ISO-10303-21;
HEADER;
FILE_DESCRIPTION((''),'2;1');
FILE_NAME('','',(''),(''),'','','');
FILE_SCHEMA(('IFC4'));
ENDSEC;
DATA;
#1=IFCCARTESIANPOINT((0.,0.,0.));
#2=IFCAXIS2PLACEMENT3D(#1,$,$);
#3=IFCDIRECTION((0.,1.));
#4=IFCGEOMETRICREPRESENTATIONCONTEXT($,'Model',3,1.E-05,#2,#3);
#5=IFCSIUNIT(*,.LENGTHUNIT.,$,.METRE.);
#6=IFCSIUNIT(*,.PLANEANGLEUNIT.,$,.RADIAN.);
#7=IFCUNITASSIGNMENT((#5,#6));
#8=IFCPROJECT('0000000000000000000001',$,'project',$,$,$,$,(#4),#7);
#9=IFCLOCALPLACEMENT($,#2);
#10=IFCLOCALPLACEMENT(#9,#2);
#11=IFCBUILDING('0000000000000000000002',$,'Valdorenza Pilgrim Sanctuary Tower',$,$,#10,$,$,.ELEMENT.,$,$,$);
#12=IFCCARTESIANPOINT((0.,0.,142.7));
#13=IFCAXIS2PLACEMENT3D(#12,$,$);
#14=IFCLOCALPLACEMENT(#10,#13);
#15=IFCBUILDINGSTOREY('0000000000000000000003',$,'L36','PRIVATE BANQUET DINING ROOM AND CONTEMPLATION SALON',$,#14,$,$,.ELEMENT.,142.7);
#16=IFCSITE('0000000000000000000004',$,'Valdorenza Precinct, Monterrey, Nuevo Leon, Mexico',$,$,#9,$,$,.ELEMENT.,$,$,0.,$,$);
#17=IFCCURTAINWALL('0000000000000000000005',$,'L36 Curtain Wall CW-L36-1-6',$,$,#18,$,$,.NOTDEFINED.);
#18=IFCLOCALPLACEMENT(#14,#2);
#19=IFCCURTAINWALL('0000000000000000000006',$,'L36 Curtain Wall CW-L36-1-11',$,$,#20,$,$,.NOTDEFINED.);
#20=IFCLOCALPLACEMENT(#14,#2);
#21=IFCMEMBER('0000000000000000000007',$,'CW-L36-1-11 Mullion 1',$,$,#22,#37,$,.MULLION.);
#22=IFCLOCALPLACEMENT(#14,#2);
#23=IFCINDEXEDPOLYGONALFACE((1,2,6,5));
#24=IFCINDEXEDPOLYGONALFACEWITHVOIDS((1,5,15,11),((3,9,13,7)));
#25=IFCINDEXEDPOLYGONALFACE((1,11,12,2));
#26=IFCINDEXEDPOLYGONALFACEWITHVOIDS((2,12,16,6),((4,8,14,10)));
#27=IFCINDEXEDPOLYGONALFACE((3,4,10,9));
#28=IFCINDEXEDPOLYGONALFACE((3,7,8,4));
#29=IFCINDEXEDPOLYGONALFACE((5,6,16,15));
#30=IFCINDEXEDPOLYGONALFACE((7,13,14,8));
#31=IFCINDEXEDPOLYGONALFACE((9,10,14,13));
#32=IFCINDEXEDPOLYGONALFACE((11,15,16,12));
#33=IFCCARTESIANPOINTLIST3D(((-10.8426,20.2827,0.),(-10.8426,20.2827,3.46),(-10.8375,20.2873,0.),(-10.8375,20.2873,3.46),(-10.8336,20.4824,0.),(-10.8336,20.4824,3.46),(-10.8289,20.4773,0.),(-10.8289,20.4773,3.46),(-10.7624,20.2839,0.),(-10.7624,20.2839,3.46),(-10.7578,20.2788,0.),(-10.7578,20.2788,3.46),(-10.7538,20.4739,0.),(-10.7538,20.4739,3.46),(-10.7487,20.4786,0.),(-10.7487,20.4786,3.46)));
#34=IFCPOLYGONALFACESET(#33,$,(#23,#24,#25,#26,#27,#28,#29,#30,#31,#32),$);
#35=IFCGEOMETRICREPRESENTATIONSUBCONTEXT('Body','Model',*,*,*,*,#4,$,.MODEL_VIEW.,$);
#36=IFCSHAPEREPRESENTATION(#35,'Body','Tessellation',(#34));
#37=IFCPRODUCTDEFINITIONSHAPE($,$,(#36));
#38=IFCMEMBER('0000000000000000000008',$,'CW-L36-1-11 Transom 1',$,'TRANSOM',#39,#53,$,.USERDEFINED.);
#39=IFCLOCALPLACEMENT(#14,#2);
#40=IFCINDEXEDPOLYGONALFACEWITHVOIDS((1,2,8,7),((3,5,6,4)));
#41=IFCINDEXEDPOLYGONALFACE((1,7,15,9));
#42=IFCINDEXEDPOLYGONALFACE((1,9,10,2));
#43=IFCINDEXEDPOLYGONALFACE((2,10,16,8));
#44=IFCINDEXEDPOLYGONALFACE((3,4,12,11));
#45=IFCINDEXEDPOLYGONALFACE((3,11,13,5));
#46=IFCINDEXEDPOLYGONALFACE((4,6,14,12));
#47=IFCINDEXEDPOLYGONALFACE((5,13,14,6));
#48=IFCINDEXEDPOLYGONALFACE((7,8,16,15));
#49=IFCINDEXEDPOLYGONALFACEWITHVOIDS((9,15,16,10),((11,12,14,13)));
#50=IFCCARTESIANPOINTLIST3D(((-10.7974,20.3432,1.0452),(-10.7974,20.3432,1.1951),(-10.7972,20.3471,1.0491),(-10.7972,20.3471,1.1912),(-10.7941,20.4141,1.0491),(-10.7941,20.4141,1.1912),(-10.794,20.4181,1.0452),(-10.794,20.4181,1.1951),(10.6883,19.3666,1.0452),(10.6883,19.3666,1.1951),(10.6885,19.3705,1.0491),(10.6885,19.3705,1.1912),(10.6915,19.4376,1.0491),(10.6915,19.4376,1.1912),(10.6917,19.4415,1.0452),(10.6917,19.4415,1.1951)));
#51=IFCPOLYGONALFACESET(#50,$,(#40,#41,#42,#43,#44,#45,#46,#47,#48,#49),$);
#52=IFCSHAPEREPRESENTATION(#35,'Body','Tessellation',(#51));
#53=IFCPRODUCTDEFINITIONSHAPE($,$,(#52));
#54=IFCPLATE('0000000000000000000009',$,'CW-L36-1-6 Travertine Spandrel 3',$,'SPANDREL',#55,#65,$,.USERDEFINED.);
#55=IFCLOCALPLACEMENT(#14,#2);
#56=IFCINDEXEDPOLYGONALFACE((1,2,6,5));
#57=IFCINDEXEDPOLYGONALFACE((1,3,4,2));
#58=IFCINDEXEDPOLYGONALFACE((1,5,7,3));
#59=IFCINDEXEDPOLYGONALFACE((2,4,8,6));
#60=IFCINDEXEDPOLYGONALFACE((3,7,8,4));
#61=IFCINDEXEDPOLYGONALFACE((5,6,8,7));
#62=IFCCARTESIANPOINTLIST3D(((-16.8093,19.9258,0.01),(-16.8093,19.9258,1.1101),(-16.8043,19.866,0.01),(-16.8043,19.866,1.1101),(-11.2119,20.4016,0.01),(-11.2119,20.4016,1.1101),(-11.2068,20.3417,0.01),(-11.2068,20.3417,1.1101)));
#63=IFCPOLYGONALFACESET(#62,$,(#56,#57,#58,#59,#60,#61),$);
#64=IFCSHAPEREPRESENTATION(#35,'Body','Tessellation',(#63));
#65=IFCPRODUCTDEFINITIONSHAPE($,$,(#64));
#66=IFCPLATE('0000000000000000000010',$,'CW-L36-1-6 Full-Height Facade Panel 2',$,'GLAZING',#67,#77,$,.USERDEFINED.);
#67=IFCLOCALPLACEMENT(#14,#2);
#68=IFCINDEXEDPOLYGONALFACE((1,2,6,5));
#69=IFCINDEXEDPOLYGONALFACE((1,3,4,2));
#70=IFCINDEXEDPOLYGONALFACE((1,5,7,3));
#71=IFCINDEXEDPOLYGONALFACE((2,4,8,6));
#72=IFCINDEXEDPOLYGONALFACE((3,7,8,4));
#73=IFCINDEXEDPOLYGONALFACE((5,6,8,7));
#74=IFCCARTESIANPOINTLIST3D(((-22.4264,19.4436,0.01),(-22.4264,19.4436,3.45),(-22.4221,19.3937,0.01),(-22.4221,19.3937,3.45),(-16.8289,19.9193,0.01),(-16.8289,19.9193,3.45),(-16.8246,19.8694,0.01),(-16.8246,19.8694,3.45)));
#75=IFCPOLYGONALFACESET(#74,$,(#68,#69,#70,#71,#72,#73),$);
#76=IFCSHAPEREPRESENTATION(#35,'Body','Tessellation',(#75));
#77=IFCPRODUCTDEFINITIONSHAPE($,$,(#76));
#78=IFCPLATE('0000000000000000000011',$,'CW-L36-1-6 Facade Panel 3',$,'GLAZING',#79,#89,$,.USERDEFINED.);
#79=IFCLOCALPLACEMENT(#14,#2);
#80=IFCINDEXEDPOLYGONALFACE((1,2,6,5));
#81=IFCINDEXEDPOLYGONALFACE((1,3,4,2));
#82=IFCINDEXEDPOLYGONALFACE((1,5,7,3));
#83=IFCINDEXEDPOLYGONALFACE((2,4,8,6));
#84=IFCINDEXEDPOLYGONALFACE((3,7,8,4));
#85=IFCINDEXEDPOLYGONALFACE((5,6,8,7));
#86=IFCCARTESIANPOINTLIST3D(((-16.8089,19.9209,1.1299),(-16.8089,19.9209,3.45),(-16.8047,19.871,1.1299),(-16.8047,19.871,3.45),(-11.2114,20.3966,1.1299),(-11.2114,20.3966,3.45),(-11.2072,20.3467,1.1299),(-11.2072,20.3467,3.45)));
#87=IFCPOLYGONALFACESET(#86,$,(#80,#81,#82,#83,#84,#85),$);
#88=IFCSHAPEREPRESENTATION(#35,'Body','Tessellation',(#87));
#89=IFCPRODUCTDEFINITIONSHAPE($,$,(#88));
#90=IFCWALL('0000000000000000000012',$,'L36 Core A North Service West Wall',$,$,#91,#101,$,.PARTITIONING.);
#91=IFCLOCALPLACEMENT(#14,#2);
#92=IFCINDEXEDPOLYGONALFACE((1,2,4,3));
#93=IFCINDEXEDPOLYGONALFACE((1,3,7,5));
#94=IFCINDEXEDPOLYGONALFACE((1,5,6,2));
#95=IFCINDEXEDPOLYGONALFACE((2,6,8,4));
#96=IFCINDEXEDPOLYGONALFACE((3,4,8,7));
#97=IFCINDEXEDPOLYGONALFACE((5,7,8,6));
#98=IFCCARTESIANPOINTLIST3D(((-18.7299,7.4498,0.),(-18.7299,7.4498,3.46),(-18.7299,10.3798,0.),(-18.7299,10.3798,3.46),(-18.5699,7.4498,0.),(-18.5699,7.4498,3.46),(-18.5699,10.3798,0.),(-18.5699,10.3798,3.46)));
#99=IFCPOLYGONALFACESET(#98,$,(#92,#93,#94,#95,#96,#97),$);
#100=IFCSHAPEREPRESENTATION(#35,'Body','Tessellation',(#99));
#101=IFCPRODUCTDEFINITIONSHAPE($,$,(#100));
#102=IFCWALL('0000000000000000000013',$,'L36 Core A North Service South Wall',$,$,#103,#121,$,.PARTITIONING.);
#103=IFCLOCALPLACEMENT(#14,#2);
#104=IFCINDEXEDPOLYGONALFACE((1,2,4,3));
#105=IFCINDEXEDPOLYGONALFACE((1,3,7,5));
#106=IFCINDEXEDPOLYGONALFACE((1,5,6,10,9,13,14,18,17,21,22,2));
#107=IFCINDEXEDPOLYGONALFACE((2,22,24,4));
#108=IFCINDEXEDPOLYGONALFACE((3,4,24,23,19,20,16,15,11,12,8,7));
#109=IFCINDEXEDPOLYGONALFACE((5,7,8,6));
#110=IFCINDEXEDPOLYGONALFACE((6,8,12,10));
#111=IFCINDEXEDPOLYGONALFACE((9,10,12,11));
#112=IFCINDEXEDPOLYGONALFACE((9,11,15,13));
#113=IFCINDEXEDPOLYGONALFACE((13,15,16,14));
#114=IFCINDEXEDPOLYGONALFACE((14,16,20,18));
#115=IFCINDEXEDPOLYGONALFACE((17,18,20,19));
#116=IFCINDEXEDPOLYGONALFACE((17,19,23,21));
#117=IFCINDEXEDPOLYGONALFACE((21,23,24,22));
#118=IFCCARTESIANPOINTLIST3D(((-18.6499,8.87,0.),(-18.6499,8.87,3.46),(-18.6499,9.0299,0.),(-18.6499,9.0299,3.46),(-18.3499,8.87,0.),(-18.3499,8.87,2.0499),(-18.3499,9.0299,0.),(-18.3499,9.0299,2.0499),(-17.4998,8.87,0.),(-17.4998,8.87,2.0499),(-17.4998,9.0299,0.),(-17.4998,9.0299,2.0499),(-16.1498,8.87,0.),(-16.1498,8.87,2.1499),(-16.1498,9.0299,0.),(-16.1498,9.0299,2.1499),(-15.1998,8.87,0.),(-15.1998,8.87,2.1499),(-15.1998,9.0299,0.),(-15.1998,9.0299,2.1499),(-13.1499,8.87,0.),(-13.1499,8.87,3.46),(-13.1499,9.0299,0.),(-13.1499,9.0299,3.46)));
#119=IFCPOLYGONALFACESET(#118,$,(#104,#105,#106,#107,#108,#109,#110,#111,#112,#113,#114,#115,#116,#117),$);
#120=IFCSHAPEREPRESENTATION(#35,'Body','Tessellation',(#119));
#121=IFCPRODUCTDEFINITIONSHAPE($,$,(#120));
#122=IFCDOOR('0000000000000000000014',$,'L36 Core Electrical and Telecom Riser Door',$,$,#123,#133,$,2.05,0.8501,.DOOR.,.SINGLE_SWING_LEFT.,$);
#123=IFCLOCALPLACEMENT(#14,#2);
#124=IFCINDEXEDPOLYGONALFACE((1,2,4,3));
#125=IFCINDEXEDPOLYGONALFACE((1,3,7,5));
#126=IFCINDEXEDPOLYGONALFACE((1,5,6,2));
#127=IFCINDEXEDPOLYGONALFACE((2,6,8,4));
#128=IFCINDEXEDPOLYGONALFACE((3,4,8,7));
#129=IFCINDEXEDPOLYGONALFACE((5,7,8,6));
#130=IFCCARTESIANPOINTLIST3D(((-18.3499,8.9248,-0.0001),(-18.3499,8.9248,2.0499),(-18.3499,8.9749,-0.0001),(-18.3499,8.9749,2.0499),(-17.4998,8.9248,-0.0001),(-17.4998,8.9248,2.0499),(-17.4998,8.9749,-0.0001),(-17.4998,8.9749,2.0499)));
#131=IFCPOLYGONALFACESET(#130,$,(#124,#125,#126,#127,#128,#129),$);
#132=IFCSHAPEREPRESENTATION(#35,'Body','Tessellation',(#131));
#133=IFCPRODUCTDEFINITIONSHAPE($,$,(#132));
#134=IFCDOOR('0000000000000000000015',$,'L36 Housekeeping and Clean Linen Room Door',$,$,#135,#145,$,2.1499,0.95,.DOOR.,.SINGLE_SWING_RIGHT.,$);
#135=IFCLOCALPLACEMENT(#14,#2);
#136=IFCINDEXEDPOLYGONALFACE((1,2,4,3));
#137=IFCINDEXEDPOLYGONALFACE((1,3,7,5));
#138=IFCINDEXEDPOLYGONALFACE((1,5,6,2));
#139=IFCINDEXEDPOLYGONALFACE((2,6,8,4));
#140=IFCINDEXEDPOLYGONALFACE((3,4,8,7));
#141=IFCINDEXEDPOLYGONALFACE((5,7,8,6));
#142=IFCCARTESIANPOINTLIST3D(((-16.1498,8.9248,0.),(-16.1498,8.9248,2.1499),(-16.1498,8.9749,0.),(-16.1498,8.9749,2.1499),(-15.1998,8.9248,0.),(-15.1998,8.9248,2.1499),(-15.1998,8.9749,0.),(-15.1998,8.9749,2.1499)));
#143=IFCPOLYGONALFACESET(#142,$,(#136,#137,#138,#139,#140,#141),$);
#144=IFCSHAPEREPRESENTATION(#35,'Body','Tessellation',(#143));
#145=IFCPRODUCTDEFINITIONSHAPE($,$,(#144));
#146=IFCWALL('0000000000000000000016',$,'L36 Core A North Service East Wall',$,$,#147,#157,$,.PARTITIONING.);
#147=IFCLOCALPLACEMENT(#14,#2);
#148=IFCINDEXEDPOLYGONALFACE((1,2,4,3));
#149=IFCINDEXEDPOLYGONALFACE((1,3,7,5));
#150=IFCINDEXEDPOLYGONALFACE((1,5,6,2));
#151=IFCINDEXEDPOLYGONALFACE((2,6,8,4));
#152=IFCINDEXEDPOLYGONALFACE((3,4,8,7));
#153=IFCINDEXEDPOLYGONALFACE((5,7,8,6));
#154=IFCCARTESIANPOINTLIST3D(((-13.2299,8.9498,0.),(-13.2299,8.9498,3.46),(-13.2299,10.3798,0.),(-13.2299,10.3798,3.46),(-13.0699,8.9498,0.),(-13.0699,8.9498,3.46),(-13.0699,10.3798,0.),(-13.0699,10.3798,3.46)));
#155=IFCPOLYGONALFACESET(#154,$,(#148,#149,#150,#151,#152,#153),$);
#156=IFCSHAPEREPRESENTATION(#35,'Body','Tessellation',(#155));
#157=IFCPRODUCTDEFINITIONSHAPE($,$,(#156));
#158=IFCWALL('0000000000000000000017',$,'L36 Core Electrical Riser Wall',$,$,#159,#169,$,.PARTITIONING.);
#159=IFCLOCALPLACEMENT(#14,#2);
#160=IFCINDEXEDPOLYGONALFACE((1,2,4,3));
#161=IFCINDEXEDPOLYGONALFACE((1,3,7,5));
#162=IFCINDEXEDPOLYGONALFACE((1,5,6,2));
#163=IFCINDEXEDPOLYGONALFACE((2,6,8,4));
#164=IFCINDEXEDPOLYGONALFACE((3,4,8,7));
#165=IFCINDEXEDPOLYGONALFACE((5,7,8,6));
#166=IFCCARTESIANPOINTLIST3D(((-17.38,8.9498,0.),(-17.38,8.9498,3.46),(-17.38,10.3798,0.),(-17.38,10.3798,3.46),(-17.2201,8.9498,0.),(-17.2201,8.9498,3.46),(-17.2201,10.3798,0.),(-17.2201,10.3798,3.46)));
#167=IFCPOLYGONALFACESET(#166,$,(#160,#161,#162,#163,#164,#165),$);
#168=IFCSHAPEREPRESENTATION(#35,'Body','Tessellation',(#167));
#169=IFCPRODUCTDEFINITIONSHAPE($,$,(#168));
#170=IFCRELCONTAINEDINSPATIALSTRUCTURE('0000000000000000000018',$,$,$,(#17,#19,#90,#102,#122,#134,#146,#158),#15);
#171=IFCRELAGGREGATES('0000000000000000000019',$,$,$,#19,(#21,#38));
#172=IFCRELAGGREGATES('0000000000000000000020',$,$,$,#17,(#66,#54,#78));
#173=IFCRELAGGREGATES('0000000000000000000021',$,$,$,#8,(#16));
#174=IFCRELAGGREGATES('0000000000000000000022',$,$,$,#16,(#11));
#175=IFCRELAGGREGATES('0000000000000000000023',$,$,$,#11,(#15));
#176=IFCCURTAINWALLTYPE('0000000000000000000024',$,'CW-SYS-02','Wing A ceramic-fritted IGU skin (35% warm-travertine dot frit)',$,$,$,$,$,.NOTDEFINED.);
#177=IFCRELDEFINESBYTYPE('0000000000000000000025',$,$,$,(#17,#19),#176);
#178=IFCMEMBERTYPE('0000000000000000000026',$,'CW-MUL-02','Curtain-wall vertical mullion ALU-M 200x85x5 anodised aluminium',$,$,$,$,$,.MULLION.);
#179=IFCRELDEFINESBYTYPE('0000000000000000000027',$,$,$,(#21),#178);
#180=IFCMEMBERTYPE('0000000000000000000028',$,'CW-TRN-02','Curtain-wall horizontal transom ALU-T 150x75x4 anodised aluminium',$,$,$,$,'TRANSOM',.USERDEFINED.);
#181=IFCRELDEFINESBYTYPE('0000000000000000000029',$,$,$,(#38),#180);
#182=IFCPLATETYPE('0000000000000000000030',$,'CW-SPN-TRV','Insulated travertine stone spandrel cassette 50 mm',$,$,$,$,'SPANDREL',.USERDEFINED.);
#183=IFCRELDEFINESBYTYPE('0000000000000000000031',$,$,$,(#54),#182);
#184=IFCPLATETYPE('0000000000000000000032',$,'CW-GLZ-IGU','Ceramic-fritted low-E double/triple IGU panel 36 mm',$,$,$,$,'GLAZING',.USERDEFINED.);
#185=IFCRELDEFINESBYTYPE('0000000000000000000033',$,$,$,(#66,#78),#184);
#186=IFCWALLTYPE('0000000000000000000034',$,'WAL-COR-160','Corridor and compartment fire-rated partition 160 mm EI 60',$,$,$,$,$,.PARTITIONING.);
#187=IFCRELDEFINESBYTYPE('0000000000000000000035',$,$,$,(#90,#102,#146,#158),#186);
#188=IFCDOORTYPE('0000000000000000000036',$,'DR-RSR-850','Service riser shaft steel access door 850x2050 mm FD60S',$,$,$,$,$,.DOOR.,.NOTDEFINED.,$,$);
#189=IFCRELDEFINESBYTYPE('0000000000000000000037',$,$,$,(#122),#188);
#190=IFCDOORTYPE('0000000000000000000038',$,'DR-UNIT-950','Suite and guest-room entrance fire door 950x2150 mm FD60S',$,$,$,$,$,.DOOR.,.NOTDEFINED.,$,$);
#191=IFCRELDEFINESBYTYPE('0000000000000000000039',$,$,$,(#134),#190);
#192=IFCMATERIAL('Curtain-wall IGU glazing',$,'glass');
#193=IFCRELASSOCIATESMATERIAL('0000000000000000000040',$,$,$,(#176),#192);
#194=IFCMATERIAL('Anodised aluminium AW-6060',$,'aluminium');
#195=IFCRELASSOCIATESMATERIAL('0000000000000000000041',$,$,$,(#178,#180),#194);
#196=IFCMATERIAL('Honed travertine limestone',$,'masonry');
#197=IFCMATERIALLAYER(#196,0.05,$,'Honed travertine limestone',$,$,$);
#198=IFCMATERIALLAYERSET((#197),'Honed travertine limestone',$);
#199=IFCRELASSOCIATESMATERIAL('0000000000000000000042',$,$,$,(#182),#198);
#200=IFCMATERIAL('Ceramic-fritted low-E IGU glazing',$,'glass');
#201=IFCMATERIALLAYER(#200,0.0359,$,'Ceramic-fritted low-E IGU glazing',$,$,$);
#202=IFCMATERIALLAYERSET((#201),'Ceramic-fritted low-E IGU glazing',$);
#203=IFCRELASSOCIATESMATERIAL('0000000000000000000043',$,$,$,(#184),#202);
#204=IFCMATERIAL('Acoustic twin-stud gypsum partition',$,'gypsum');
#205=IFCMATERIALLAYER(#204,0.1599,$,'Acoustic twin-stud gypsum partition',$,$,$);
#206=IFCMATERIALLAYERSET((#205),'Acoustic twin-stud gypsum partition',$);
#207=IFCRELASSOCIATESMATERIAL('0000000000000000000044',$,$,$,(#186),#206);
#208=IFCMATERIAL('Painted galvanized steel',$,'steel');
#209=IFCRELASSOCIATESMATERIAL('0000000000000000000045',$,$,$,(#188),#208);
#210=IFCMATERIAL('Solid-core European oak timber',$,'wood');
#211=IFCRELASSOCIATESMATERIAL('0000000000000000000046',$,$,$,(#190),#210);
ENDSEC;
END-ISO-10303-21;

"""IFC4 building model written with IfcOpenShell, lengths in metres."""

from ifc_helpers import new_model, si_unit, direction, frame, frame_2d, origin, origin_2d, place, context, subcontext, project, spatial, rectangle, hollow_rectangle, extrude, source, transform, mapped, material, layer, layer_set, material_profile, profile_set, type_object, element, fill, aggregate, save


model = new_model("IFC4")

# Units and contexts
model_context = context("Model", 3, precision=1e-05, world=origin(), true_north=direction((0.0, 1.0)))
body_context = subcontext(model_context, "Body", "Model", "MODEL_VIEW")
ifc_project = project(units=[si_unit("LENGTHUNIT", "METRE"), si_unit("PLANEANGLEUNIT", "RADIAN")], contexts=[model_context])

# Site, building, storey
site_placement = place(None, origin())
site = spatial("IfcSite", under=ifc_project, at=site_placement, Name="Valdorenza Precinct, Monterrey, Nuevo Leon, Mexico", CompositionType="ELEMENT", RefElevation=0.0)
building_placement = place(site_placement, origin())
building = spatial("IfcBuilding", under=site, at=building_placement, Name="Valdorenza Pilgrim Sanctuary Tower", CompositionType="ELEMENT")
storey_placement = place(building_placement, frame((0.0, 0.0, 142.7)))
storey = spatial("IfcBuildingStorey", under=building, at=storey_placement, Name="L36", Description="PRIVATE BANQUET DINING ROOM AND CONTEMPLATION SALON", CompositionType="ELEMENT", Elevation=142.7)

# Curtain walls, members
ifc_material_1 = material(Name="Curtain-wall IGU glazing", Category="glass")
curtain_wall_type = type_object("IfcCurtainWallType", Name="CW-SYS-02", Description="Wing A ceramic-fritted IGU skin (35% warm-travertine dot frit)", PredefinedType="NOTDEFINED", material=ifc_material_1)
curtain_wall_1_placement = place(storey_placement, origin())
curtain_wall_1 = element("IfcCurtainWall", 1, at=curtain_wall_1_placement, inside=storey, type_object=curtain_wall_type, Name="L36 Curtain Wall CW-L36-1-6", PredefinedType="NOTDEFINED")
ifc_material_2 = material(Name="Anodised aluminium AW-6060", Category="aluminium")
ifc_material_profile_1 = material_profile(ifc_material_2, hollow_rectangle(XDim=0.085, YDim=0.2, WallThickness=0.0049, at=origin_2d()), Name="ALU-M 200x85x5")
ifc_profile_set_1 = profile_set([ifc_material_profile_1], Name="Anodised aluminium AW-6060")
member_type_1 = type_object("IfcMemberType", Name="CW-MUL-02", Description="Curtain-wall vertical mullion ALU-M 200x85x5 anodised aluminium", PredefinedType="MULLION", material=ifc_profile_set_1)
shared_shape_1 = source(origin(), body_context, "Body", "SweptSolid", [
    extrude(hollow_rectangle(XDim=0.085, YDim=0.2, WallThickness=0.0049, at=origin_2d()), origin(), (0.0, 0.0, 1.0), 3.46),
])
curtain_wall_2_placement = place(storey_placement, origin())
curtain_wall_2 = element("IfcCurtainWall", 2, at=curtain_wall_2_placement, inside=storey, type_object=curtain_wall_type, Name="L36 Curtain Wall CW-L36-1-11", PredefinedType="NOTDEFINED")
member_1_placement = place(storey_placement, frame((-10.7957, 20.3806, 0.0), z_axis=(0.0, 0.0, 1.0), x_axis=(0.998968, -0.045415, 0.0)))
member_1 = element("IfcMember", 3, at=member_1_placement, type_object=member_type_1, Name="CW-L36-1-11 Mullion 1", PredefinedType="MULLION", context=body_context, shape_type="MappedRepresentation", body=[
    mapped(shared_shape_1, transform((0.0, 0.0, 0.0), x_axis=(1.0, 0.0, 0.0), y_axis=(0.0, 1.0, 0.0), z_axis=(0.0, 0.0, 1.0), scale=1.0)),
])
ifc_material_profile_2 = material_profile(ifc_material_2, hollow_rectangle(XDim=0.075, YDim=0.1499, WallThickness=0.0039, at=origin_2d()), Name="ALU-T 150x75x4")
ifc_profile_set_2 = profile_set([ifc_material_profile_2], Name="Anodised aluminium AW-6060")
member_type_2 = type_object("IfcMemberType", Name="CW-TRN-02", Description="Curtain-wall horizontal transom ALU-T 150x75x4 anodised aluminium", ElementType="TRANSOM", PredefinedType="USERDEFINED", material=ifc_profile_set_2)
shared_shape_2 = source(origin(), body_context, "Body", "SweptSolid", [
    extrude(hollow_rectangle(XDim=0.075, YDim=0.1499, WallThickness=0.0039, at=origin_2d()), origin(), (0.0, 0.0, 1.0), 21.5078),
])
member_2_placement = place(storey_placement, frame((-10.7957, 20.3806, 1.1201), z_axis=(0.998969, -0.045405, 0.0), x_axis=(0.045405, 0.998969, 0.0)))
member_2 = element("IfcMember", 4, at=member_2_placement, type_object=member_type_2, Name="CW-L36-1-11 Transom 1", ObjectType="TRANSOM", PredefinedType="USERDEFINED", context=body_context, shape_type="MappedRepresentation", body=[
    mapped(shared_shape_2, transform((0.0, 0.0, 0.0), x_axis=(1.0, 0.0, 0.0), y_axis=(0.0, 1.0, 0.0), z_axis=(0.0, 0.0, 1.0), scale=1.0)),
])
aggregate(curtain_wall_2, [member_1, member_2])

# Plates
ifc_material_3 = material(Name="Honed travertine limestone", Category="masonry")
ifc_layer_1 = layer(ifc_material_3, 0.05, Name="Honed travertine limestone")
ifc_layer_set_1 = layer_set([ifc_layer_1], Name="Honed travertine limestone")
plate_type_1 = type_object("IfcPlateType", Name="CW-SPN-TRV", Description="Insulated travertine stone spandrel cassette 50 mm", ElementType="SPANDREL", PredefinedType="USERDEFINED", material=ifc_layer_set_1)
shared_shape_3 = source(origin(), body_context, "Body", "SweptSolid", [
    extrude(rectangle(XDim=5.6177, YDim=0.0601, at=origin_2d()), origin(), (0.0, 0.0, 1.0), 1.1001),
])
plate_1_placement = place(storey_placement, frame((-14.0081, 20.1338, 0.01), z_axis=(0.0, 0.0, 1.0), x_axis=(0.996408, 0.084687, 0.0)))
plate_1 = element("IfcPlate", 5, at=plate_1_placement, type_object=plate_type_1, Name="CW-L36-1-6 Travertine Spandrel 3", ObjectType="SPANDREL", PredefinedType="USERDEFINED", context=body_context, shape_type="MappedRepresentation", body=[
    mapped(shared_shape_3, transform((0.0, 0.0, 0.0), x_axis=(1.0, 0.0, 0.0), y_axis=(0.0, 1.0, 0.0), z_axis=(0.0, 0.0, 1.0), scale=1.0)),
])
ifc_material_4 = material(Name="Ceramic-fritted low-E IGU glazing", Category="glass")
ifc_layer_2 = layer(ifc_material_4, 0.0359, Name="Ceramic-fritted low-E IGU glazing")
ifc_layer_set_2 = layer_set([ifc_layer_2], Name="Ceramic-fritted low-E IGU glazing")
plate_type_2 = type_object("IfcPlateType", Name="CW-GLZ-IGU", Description="Ceramic-fritted low-E double/triple IGU panel 36 mm", ElementType="GLAZING", PredefinedType="USERDEFINED", material=ifc_layer_set_2)
shared_shape_4 = source(origin(), body_context, "Body", "SweptSolid", [
    extrude(rectangle(XDim=5.6177, YDim=0.05, at=origin_2d()), origin(), (0.0, 0.0, 1.0), 3.4399),
])
plate_2_placement = place(storey_placement, frame((-19.6255, 19.6565, 0.01), z_axis=(0.0, 0.0, 1.0), x_axis=(0.996408, 0.084687, 0.0)))
plate_2 = element("IfcPlate", 6, at=plate_2_placement, type_object=plate_type_2, Name="CW-L36-1-6 Full-Height Facade Panel 2", ObjectType="GLAZING", PredefinedType="USERDEFINED", context=body_context, shape_type="MappedRepresentation", body=[
    mapped(shared_shape_4, transform((0.0, 0.0, 0.0), x_axis=(1.0, 0.0, 0.0), y_axis=(0.0, 1.0, 0.0), z_axis=(0.0, 0.0, 1.0), scale=1.0)),
])
shared_shape_5 = source(origin(), body_context, "Body", "SweptSolid", [
    extrude(rectangle(XDim=5.6177, YDim=0.05, at=origin_2d()), origin(), (0.0, 0.0, 1.0), 2.3201),
])
plate_3_placement = place(storey_placement, frame((-14.0081, 20.1338, 1.1299), z_axis=(0.0, 0.0, 1.0), x_axis=(0.996408, 0.084687, 0.0)))
plate_3 = element("IfcPlate", 7, at=plate_3_placement, type_object=plate_type_2, Name="CW-L36-1-6 Facade Panel 3", ObjectType="GLAZING", PredefinedType="USERDEFINED", context=body_context, shape_type="MappedRepresentation", body=[
    mapped(shared_shape_5, transform((0.0, 0.0, 0.0), x_axis=(1.0, 0.0, 0.0), y_axis=(0.0, 1.0, 0.0), z_axis=(0.0, 0.0, 1.0), scale=1.0)),
])
aggregate(curtain_wall_1, [plate_2, plate_1, plate_3])

# Wall
ifc_material_5 = material(Name="Acoustic twin-stud gypsum partition", Category="gypsum")
ifc_layer_3 = layer(ifc_material_5, 0.1599, Name="Acoustic twin-stud gypsum partition")
ifc_layer_set_3 = layer_set([ifc_layer_3], Name="Acoustic twin-stud gypsum partition")
wall_type_1 = type_object("IfcWallType", Name="WAL-COR-160", Description="Corridor and compartment fire-rated partition 160 mm EI 60", PredefinedType="PARTITIONING", material=ifc_layer_set_3)
wall_1_placement = place(storey_placement, frame((-18.6499, 7.45, 0.0), z_axis=(0.0, 0.0, 1.0), x_axis=(0.0, 1.0, 0.0)))
element("IfcWall", 8, at=wall_1_placement, inside=storey, type_object=wall_type_1, Name="L36 Core A North Service West Wall", PredefinedType="PARTITIONING", context=body_context, shape_type="SweptSolid", body=[
    extrude(rectangle(XDim=2.9299, YDim=0.1599, at=frame_2d((1.4648, 0.0))), origin(), (0.0, 0.0, 1.0), 3.46),
])

# Wall, openings, doors
wall_2_placement = place(storey_placement, frame((-18.6499, 8.95, 0.0), z_axis=(0.0, 0.0, 1.0), x_axis=(1.0, 0.0, 0.0)))
wall_2 = element("IfcWall", 9, at=wall_2_placement, inside=storey, type_object=wall_type_1, Name="L36 Core A North Service South Wall", PredefinedType="PARTITIONING", context=body_context, shape_type="SweptSolid", body=[
    extrude(rectangle(XDim=5.5, YDim=0.1599, at=frame_2d((2.75, 0.0))), origin(), (0.0, 0.0, 1.0), 3.46),
])
opening_1_placement = place(wall_2_placement, frame((0.3, 0.0, 0.0)))
opening_1 = element("IfcOpeningElement", 10, at=opening_1_placement, cuts=wall_2, PredefinedType="OPENING", context=body_context, shape_type="SweptSolid", body=[
    extrude(rectangle(XDim=0.8501, YDim=2.05, at=frame_2d((0.425, 1.0249))), frame((0.0, 0.0947, 0.0), z_axis=(0.0, -1.0, 0.0), x_axis=(1.0, 0.0, 0.0)), (0.0, 0.0, 1.0), 0.1897),
])
opening_2_placement = place(wall_2_placement, frame((2.5, 0.0, 0.0)))
opening_2 = element("IfcOpeningElement", 11, at=opening_2_placement, cuts=wall_2, PredefinedType="OPENING", context=body_context, shape_type="SweptSolid", body=[
    extrude(rectangle(XDim=0.95, YDim=2.1499, at=frame_2d((0.4751, 1.075))), frame((0.0, 0.0947, 0.0), z_axis=(0.0, -1.0, 0.0), x_axis=(1.0, 0.0, 0.0)), (0.0, 0.0, 1.0), 0.1897),
])
ifc_material_6 = material(Name="Painted galvanized steel", Category="steel")
door_type_1 = type_object("IfcDoorType", Name="DR-RSR-850", Description="Service riser shaft steel access door 850x2050 mm FD60S", OperationType="NOTDEFINED", PredefinedType="DOOR", material=ifc_material_6)
door_1_placement = place(opening_1_placement, origin())
door_1 = element("IfcDoor", 12, at=door_1_placement, inside=storey, type_object=door_type_1, Name="L36 Core Electrical and Telecom Riser Door", OperationType="SINGLE_SWING_LEFT", OverallHeight=2.05, OverallWidth=0.8501, PredefinedType="DOOR", context=body_context, shape_type="SweptSolid", body=[
    extrude(rectangle(XDim=0.8501, YDim=2.05, at=frame_2d((0.425, 1.0249))), frame((0.0, 0.0249, 0.0), z_axis=(0.0, -1.0, 0.0), x_axis=(1.0, 0.0, 0.0)), (0.0, 0.0, 1.0), 0.05),
])
fill(opening_1, door_1)
ifc_material_7 = material(Name="Solid-core European oak timber", Category="wood")
door_type_2 = type_object("IfcDoorType", Name="DR-UNIT-950", Description="Suite and guest-room entrance fire door 950x2150 mm FD60S", OperationType="NOTDEFINED", PredefinedType="DOOR", material=ifc_material_7)
door_2_placement = place(opening_2_placement, origin())
door_2 = element("IfcDoor", 13, at=door_2_placement, inside=storey, type_object=door_type_2, Name="L36 Housekeeping and Clean Linen Room Door", OperationType="SINGLE_SWING_RIGHT", OverallHeight=2.1499, OverallWidth=0.95, PredefinedType="DOOR", context=body_context, shape_type="SweptSolid", body=[
    extrude(rectangle(XDim=0.95, YDim=2.1499, at=frame_2d((0.4751, 1.075))), frame((0.0, 0.0249, 0.0), z_axis=(0.0, -1.0, 0.0), x_axis=(1.0, 0.0, 0.0)), (0.0, 0.0, 1.0), 0.05),
])
fill(opening_2, door_2)

# Walls
for number, where, z_axis, x_axis, name in (
    (14, (-13.1499, 8.95, 0.0), (0.0, 0.0, 1.0), (0.0, 1.0, 0.0), "L36 Core A North Service East Wall"),
    (15, (-17.3, 8.95, 0.0), (0.0, 0.0, 1.0), (0.0, 1.0, 0.0), "L36 Core Electrical Riser Wall"),
):
    element("IfcWall", number, at=place(storey_placement, frame(where, z_axis=z_axis, x_axis=x_axis)), inside=storey, type_object=wall_type_1, Name=name, PredefinedType="PARTITIONING", context=body_context, shape_type="SweptSolid", body=[
        extrude(rectangle(XDim=1.4299, YDim=0.1599, at=frame_2d((0.7148, 0.0))), origin(), (0.0, 0.0, 1.0), 3.46),
    ])

save(model, "model.ifc")
